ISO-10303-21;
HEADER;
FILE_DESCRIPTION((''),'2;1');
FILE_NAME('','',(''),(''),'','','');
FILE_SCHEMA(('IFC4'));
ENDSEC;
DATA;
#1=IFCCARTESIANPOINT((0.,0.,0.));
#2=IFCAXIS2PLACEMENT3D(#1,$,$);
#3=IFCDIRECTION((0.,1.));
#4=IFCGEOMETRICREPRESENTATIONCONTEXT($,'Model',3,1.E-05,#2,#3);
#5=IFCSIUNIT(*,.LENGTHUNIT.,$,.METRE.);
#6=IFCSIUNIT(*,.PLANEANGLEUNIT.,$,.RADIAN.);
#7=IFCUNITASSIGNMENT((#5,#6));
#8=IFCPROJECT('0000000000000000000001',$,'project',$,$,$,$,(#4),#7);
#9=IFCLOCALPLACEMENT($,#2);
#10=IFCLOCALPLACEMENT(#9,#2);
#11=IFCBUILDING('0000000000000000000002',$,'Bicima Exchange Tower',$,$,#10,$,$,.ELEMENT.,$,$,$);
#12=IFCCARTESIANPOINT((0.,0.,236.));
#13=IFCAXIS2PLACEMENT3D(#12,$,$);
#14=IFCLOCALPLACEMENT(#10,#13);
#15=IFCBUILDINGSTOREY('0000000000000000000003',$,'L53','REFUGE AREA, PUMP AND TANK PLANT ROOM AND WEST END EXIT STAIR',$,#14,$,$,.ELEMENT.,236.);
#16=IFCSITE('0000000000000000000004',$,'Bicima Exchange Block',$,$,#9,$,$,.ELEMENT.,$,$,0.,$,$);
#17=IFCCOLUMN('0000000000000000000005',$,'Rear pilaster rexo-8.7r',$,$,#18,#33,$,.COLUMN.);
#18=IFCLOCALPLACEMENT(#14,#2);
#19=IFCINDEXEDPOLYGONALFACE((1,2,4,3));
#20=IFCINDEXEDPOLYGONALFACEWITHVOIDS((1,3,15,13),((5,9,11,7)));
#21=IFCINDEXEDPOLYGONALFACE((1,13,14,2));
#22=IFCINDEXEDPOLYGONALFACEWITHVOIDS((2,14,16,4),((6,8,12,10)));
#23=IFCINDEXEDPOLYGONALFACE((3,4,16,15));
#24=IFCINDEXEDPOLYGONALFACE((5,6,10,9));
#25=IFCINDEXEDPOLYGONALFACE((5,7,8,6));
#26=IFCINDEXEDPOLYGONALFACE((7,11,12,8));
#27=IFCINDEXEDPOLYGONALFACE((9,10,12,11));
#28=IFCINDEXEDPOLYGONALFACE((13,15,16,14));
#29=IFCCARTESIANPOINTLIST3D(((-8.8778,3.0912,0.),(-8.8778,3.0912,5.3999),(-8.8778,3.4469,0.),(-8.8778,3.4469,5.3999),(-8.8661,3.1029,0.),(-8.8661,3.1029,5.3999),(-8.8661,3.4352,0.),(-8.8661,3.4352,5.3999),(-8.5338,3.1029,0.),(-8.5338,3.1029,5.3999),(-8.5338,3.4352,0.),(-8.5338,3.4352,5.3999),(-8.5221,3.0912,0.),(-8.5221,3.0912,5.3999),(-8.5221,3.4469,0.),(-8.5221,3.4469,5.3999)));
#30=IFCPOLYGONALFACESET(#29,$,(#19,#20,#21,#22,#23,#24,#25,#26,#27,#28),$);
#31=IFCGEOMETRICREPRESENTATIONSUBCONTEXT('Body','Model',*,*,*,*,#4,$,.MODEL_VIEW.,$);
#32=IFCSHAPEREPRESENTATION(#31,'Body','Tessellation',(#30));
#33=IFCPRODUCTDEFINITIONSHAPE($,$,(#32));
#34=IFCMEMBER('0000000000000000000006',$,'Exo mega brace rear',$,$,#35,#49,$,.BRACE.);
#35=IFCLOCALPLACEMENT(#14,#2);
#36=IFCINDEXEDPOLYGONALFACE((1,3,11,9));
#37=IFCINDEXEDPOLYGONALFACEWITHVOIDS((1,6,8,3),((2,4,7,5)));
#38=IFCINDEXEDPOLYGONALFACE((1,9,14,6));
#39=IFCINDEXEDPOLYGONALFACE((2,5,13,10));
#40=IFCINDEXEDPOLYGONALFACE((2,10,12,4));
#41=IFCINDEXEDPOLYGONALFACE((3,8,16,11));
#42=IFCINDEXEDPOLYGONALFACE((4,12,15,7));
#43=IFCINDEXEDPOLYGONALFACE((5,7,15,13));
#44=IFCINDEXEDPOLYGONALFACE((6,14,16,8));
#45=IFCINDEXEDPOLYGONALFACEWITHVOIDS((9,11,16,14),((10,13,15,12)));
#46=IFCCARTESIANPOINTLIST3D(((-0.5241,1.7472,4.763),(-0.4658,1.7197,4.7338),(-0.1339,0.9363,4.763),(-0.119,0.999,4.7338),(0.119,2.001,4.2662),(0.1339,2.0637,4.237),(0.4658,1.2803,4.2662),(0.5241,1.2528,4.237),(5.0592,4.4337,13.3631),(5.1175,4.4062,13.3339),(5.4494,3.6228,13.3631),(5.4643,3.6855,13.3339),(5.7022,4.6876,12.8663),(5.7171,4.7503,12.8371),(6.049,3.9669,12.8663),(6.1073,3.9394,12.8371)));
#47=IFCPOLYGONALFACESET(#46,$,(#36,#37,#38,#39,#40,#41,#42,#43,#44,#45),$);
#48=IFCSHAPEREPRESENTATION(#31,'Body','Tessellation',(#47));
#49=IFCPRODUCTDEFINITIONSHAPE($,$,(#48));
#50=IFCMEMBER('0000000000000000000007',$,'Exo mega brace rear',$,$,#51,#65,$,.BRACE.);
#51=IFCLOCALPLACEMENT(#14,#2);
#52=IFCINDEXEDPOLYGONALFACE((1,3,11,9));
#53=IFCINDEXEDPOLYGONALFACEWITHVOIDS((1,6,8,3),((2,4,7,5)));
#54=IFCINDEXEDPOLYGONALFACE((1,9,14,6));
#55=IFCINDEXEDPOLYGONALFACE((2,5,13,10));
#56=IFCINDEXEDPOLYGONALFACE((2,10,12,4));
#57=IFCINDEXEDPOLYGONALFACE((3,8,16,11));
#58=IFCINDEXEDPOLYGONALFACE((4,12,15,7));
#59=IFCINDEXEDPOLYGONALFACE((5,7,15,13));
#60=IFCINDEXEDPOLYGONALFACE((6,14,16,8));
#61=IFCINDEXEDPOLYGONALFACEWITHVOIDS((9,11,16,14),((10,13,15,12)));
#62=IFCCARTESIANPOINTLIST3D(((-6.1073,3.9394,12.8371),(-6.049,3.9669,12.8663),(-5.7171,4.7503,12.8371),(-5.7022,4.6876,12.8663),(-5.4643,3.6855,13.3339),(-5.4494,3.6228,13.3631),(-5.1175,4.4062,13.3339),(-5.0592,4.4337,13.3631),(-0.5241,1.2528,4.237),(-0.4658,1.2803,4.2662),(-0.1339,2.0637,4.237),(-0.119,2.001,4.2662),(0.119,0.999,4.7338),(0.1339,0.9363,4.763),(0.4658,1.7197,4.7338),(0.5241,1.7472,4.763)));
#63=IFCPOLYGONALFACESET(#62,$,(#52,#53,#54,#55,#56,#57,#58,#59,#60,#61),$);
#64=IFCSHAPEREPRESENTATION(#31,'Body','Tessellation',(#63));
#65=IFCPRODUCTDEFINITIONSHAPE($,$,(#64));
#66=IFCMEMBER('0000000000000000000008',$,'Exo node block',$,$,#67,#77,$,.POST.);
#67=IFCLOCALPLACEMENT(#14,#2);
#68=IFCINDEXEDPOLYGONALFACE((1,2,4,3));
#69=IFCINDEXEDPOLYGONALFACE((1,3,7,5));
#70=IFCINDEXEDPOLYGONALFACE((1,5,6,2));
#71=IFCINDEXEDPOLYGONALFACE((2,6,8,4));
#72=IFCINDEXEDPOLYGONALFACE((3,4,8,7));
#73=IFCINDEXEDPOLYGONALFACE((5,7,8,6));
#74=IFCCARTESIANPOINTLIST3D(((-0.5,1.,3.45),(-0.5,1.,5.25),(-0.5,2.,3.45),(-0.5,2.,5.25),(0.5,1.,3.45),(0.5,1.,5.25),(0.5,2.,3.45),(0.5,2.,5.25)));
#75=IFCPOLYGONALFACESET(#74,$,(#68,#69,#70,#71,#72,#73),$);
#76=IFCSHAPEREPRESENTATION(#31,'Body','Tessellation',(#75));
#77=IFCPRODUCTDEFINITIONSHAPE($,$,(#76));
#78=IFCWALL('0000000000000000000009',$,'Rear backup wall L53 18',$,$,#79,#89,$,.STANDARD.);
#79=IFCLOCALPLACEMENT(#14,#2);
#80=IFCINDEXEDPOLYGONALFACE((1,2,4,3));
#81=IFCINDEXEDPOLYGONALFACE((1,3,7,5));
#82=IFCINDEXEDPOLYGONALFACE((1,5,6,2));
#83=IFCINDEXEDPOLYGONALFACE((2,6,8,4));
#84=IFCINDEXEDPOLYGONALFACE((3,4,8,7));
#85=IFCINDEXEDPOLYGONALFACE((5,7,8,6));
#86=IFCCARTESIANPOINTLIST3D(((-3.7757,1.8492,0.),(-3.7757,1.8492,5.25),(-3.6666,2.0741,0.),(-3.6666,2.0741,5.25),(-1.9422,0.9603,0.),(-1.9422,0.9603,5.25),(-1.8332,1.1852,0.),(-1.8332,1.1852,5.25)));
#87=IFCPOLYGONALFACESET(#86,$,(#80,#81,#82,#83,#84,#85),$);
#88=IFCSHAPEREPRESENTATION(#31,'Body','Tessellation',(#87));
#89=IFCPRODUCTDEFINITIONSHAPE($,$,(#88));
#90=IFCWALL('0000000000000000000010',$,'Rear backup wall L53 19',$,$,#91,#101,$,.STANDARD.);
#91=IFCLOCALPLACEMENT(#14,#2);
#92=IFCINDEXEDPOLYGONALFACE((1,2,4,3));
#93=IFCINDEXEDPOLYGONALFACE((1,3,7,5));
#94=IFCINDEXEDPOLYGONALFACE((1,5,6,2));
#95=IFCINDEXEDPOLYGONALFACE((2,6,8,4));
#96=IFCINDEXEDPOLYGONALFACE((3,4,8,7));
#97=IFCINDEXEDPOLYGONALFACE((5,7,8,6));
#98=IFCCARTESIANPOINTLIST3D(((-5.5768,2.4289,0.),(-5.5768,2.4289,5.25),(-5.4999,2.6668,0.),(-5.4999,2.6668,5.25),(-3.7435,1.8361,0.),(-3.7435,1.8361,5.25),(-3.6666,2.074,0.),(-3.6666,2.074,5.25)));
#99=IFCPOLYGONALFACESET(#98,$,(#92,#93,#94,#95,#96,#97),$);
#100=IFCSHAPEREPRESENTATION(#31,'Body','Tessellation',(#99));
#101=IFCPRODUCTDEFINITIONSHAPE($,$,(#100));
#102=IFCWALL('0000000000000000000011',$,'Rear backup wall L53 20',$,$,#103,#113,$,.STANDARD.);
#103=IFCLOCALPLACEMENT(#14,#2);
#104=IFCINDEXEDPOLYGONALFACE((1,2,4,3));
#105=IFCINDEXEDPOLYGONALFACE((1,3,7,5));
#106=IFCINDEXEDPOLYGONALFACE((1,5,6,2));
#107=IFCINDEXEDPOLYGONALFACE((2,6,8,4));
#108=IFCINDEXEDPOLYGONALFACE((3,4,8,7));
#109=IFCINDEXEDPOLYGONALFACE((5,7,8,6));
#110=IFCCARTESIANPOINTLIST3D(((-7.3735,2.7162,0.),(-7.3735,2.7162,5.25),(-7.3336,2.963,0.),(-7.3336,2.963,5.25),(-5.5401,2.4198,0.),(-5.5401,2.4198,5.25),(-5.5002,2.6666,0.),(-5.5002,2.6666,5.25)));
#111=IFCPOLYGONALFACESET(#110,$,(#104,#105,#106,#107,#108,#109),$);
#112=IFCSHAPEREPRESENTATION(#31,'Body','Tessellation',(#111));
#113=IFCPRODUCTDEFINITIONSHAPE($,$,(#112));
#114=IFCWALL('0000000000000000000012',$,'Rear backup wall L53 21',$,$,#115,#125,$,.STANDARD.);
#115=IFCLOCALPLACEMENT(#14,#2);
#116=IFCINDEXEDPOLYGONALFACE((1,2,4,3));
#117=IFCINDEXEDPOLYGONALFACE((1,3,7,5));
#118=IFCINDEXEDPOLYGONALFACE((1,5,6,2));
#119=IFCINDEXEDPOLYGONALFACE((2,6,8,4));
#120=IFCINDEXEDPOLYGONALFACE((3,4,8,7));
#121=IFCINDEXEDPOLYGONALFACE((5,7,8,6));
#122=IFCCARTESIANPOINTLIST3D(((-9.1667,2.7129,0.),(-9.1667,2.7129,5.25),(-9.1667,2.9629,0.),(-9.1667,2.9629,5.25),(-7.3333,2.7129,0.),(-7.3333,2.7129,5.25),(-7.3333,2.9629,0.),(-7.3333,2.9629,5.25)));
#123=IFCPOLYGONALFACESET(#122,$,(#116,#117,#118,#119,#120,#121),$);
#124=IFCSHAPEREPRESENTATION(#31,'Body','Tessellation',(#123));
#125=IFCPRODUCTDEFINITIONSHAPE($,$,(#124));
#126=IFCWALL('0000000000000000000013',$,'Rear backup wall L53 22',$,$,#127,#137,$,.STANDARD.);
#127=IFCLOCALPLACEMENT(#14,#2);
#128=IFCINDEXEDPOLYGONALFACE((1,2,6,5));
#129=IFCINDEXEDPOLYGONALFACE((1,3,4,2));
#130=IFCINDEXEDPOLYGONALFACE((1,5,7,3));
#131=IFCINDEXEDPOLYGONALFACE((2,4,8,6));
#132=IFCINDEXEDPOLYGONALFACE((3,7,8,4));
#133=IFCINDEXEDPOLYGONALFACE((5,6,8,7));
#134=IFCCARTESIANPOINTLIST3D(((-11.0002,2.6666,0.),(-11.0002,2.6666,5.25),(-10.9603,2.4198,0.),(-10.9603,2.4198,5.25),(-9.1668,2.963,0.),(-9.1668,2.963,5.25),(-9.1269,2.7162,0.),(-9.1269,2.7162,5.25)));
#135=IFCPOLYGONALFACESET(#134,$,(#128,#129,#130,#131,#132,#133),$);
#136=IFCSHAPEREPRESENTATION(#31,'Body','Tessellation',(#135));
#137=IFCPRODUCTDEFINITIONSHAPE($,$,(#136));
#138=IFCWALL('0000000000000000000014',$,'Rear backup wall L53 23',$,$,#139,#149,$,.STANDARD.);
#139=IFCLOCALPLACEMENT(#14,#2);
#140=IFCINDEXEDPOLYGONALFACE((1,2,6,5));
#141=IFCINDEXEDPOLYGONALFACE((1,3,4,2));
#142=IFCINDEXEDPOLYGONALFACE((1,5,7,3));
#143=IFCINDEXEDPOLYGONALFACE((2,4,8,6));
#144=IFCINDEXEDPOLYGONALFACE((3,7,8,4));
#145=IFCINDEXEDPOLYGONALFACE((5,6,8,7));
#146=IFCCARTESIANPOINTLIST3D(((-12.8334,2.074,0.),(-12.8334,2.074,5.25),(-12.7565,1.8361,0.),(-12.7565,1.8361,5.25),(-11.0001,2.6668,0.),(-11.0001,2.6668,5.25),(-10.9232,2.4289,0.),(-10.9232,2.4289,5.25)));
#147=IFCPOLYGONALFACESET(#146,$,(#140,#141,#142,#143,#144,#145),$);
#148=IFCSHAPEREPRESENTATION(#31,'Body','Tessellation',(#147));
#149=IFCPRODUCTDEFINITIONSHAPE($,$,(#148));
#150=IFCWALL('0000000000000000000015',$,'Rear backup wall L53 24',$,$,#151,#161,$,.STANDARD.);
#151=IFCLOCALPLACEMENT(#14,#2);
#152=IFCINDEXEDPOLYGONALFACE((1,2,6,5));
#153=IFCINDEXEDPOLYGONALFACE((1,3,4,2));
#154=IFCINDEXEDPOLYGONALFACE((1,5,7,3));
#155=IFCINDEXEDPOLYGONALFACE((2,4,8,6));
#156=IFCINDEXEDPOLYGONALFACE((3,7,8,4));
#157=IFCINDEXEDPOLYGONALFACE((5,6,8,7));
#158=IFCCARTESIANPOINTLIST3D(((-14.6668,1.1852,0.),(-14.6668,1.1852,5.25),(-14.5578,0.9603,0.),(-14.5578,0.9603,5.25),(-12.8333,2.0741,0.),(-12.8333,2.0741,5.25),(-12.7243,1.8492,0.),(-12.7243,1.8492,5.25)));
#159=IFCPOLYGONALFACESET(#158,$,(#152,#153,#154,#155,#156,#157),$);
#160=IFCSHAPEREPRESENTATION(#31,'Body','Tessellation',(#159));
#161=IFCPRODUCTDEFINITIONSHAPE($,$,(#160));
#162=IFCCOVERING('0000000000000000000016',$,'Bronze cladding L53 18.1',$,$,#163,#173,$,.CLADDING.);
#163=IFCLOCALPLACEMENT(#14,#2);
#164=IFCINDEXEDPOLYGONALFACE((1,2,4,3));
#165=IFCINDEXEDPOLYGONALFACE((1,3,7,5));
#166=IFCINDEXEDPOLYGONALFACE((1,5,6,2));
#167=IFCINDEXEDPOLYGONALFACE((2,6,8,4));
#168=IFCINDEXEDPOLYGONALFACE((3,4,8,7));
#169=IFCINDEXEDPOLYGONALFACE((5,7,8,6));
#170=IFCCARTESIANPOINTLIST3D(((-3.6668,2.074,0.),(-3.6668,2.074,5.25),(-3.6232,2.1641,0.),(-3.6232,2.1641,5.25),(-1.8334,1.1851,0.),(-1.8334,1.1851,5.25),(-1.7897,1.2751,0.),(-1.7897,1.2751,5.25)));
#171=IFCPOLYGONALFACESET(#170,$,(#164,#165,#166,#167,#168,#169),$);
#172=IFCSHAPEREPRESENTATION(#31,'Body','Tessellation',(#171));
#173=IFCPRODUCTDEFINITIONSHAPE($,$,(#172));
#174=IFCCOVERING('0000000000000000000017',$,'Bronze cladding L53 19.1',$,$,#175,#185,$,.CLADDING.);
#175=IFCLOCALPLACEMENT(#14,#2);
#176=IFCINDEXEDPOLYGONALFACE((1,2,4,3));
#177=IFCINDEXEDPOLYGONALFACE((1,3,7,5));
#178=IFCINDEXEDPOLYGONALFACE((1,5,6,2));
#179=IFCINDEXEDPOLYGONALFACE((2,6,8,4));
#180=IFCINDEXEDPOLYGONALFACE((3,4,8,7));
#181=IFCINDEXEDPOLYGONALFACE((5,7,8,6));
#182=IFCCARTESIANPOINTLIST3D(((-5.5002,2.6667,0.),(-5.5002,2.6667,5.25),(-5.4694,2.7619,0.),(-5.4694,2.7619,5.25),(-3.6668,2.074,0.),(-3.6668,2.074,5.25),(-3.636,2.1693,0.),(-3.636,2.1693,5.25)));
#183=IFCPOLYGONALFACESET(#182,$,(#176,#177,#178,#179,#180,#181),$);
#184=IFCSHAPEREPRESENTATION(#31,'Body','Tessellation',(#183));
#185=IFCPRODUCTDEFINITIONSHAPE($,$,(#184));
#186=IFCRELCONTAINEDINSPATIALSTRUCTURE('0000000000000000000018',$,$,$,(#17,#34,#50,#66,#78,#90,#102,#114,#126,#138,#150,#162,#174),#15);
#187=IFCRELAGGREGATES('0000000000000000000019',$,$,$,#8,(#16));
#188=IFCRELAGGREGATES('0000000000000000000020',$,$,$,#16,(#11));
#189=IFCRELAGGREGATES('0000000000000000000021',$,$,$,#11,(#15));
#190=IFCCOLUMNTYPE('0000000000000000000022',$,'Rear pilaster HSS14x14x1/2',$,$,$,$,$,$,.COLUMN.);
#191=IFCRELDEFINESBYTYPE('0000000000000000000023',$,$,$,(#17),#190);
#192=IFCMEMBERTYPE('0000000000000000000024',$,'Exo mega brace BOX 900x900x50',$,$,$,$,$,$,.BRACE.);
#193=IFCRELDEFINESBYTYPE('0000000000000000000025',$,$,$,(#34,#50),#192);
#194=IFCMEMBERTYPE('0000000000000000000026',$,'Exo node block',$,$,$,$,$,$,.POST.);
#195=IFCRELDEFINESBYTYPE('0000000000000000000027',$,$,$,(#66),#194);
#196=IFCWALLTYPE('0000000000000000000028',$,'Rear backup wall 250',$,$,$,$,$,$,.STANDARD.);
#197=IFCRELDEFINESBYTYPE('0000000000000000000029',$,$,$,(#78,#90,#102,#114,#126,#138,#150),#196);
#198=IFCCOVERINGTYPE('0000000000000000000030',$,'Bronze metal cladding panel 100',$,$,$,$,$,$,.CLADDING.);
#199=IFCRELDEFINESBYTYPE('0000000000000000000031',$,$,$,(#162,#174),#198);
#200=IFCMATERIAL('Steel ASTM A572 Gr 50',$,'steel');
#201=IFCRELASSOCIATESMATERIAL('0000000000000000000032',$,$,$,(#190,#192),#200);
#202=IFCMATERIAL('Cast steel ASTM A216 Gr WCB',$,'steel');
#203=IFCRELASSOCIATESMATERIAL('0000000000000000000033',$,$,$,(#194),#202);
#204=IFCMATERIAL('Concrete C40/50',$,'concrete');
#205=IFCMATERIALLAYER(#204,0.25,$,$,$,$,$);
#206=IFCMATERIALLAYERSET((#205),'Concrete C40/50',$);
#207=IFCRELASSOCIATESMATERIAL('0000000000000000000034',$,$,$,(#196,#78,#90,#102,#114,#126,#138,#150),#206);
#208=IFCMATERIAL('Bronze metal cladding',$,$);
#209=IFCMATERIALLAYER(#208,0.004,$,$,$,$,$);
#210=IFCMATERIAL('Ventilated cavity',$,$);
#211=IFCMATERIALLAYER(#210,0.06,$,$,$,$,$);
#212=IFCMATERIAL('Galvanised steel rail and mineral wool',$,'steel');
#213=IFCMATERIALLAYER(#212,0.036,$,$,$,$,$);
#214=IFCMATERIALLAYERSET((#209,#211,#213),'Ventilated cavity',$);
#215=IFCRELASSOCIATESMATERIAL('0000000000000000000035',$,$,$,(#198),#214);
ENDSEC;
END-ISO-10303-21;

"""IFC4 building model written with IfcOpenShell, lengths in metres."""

from ifc_helpers import new_model, si_unit, direction, frame, frame_2d, origin, origin_2d, place, context, subcontext, project, spatial, rectangle, hollow_rectangle, extrude, material, layer, layer_set, layer_usage, material_profile, profile_set, type_object, element, save


model = new_model("IFC4")

# Units and contexts
model_context = context("Model", 3, precision=1e-05, world=origin(), true_north=direction((0.0, 1.0)))
body_context = subcontext(model_context, "Body", "Model", "MODEL_VIEW")
ifc_project = project(units=[si_unit("LENGTHUNIT", "METRE"), si_unit("PLANEANGLEUNIT", "RADIAN")], contexts=[model_context])

# Site, building, storey
site_placement = place(None, origin())
site = spatial("IfcSite", under=ifc_project, at=site_placement, Name="Bicima Exchange Block", CompositionType="ELEMENT", RefElevation=0.0)
building_placement = place(site_placement, origin())
building = spatial("IfcBuilding", under=site, at=building_placement, Name="Bicima Exchange Tower", CompositionType="ELEMENT")
storey_placement = place(building_placement, frame((0.0, 0.0, 236.0)))
storey = spatial("IfcBuildingStorey", under=building, at=storey_placement, Name="L53", Description="REFUGE AREA, PUMP AND TANK PLANT ROOM AND WEST END EXIT STAIR", CompositionType="ELEMENT", Elevation=236.0)

# Column
ifc_material_1 = material(Name="Steel ASTM A572 Gr 50", Category="steel")
ifc_material_profile_1 = material_profile(ifc_material_1, hollow_rectangle(XDim=0.3557, YDim=0.3557, WallThickness=0.0117, at=origin_2d()))
ifc_profile_set_1 = profile_set([ifc_material_profile_1], Name="Steel ASTM A572 Gr 50")
column_type = type_object("IfcColumnType", Name="Rear pilaster HSS14x14x1/2", PredefinedType="COLUMN", material=ifc_profile_set_1)
column_placement = place(storey_placement, frame((-8.7, 3.269, 0.0), z_axis=(0.0, 0.0, 1.0), x_axis=(1.0, 0.0, 0.0)))
element("IfcColumn", 1, at=column_placement, inside=storey, type_object=column_type, Name="Rear pilaster rexo-8.7r", PredefinedType="COLUMN", context=body_context, shape_type="SweptSolid", body=[
    extrude(hollow_rectangle(XDim=0.3557, YDim=0.3557, WallThickness=0.0117, at=origin_2d()), origin(), (0.0, 0.0, 1.0), 5.3999),
])

# Members
ifc_material_profile_2 = material_profile(ifc_material_1, hollow_rectangle(XDim=0.8999, YDim=0.8999, WallThickness=0.05, at=origin_2d()))
ifc_profile_set_2 = profile_set([ifc_material_profile_2], Name="Steel ASTM A572 Gr 50")
member_type_1 = type_object("IfcMemberType", Name="Exo mega brace BOX 900x900x50", PredefinedType="BRACE", material=ifc_profile_set_2)
for number, where, z_axis, x_axis, name in (
    (2, (0.0, 1.5, 4.5), (0.526741, 0.253455, 0.81136), (-0.433592, 0.901109, 0.0), "Exo mega brace rear"),
    (3, (0.0, 1.5, 4.5), (-0.526741, 0.253455, 0.81136), (-0.433592, -0.901109, 0.0), "Exo mega brace rear"),
):
    element("IfcMember", number, at=place(storey_placement, frame(where, z_axis=z_axis, x_axis=x_axis)), inside=storey, type_object=member_type_1, Name=name, PredefinedType="BRACE", context=body_context, shape_type="SweptSolid", body=[
        extrude(hollow_rectangle(XDim=0.8999, YDim=0.8999, WallThickness=0.05, at=origin_2d()), origin(), (0.0, 0.0, 1.0), 10.5996),
    ])
ifc_material_2 = material(Name="Cast steel ASTM A216 Gr WCB", Category="steel")
ifc_material_profile_3 = material_profile(ifc_material_2, rectangle(XDim=1.0, YDim=1.0, at=origin_2d()))
ifc_profile_set_3 = profile_set([ifc_material_profile_3], Name="Cast steel ASTM A216 Gr WCB")
member_type_2 = type_object("IfcMemberType", Name="Exo node block", PredefinedType="POST", material=ifc_profile_set_3)
member_placement = place(storey_placement, frame((0.0, 1.5, 3.45), z_axis=(0.0, 0.0, 1.0), x_axis=(1.0, 0.0, 0.0)))
element("IfcMember", 4, at=member_placement, inside=storey, type_object=member_type_2, Name="Exo node block", PredefinedType="POST", context=body_context, shape_type="SweptSolid", body=[
    extrude(rectangle(XDim=1.0, YDim=1.0, at=origin_2d()), origin(), (0.0, 0.0, 1.0), 1.8),
])

# Walls
ifc_material_3 = material(Name="Concrete C40/50", Category="concrete")
ifc_layer_1 = layer(ifc_material_3, 0.25)
ifc_layer_set_1 = layer_set([ifc_layer_1], Name="Concrete C40/50")
ifc_layer_usage = layer_usage(ifc_layer_set_1, "AXIS2", "POSITIVE", -0.125)
wall_type = type_object("IfcWallType", Name="Rear backup wall 250", PredefinedType="STANDARD", material=ifc_layer_set_1)
wall_1_placement = place(storey_placement, frame((-1.8877, 1.0728, 0.0), z_axis=(0.0, 0.0, 1.0), x_axis=(-0.899824, 0.436253, 0.0)))
element("IfcWall", 5, at=wall_1_placement, inside=storey, type_object=wall_type, material=ifc_layer_usage, Name="Rear backup wall L53 18", PredefinedType="STANDARD", context=body_context, shape_type="SweptSolid", body=[
    extrude(rectangle(XDim=2.0376, YDim=0.25, at=frame_2d((1.0188, 0.0))), origin(), (0.0, 0.0, 1.0), 5.25),
])
wall_2_placement = place(storey_placement, frame((-3.7051, 1.9551, 0.0), z_axis=(0.0, 0.0, 1.0), x_axis=(-0.951496, 0.307662, 0.0)))
element("IfcWall", 6, at=wall_2_placement, inside=storey, type_object=wall_type, material=ifc_layer_usage, Name="Rear backup wall L53 19", PredefinedType="STANDARD", context=body_context, shape_type="SweptSolid", body=[
    extrude(rectangle(XDim=1.9268, YDim=0.25, at=frame_2d((0.9634, 0.0))), origin(), (0.0, 0.0, 1.0), 5.25),
])
wall_3_placement = place(storey_placement, frame((-5.52, 2.5432, 0.0), z_axis=(0.0, 0.0, 1.0), x_axis=(-0.987182, 0.1596, 0.0)))
element("IfcWall", 7, at=wall_3_placement, inside=storey, type_object=wall_type, material=ifc_layer_usage, Name="Rear backup wall L53 20", PredefinedType="STANDARD", context=body_context, shape_type="SweptSolid", body=[
    extrude(rectangle(XDim=1.8572, YDim=0.25, at=frame_2d((0.9287, 0.0))), origin(), (0.0, 0.0, 1.0), 5.25),
])
wall_4_placement = place(storey_placement, frame((-7.3333, 2.8379, 0.0), z_axis=(0.0, 0.0, 1.0), x_axis=(-1.0, 0.0, 0.0)))
element("IfcWall", 8, at=wall_4_placement, inside=storey, type_object=wall_type, material=ifc_layer_usage, Name="Rear backup wall L53 21", PredefinedType="STANDARD", context=body_context, shape_type="SweptSolid", body=[
    extrude(rectangle(XDim=1.8335, YDim=0.25, at=frame_2d((0.9167, 0.0))), origin(), (0.0, 0.0, 1.0), 5.25),
])
wall_5_placement = place(storey_placement, frame((-9.1467, 2.8396, 0.0), z_axis=(0.0, 0.0, 1.0), x_axis=(-0.987182, -0.1596, 0.0)))
element("IfcWall", 9, at=wall_5_placement, inside=storey, type_object=wall_type, material=ifc_layer_usage, Name="Rear backup wall L53 22", PredefinedType="STANDARD", context=body_context, shape_type="SweptSolid", body=[
    extrude(rectangle(XDim=1.8572, YDim=0.25, at=frame_2d((0.9287, 0.0))), origin(), (0.0, 0.0, 1.0), 5.25),
])
wall_6_placement = place(storey_placement, frame((-10.9617, 2.5479, 0.0), z_axis=(0.0, 0.0, 1.0), x_axis=(-0.951496, -0.307662, 0.0)))
element("IfcWall", 10, at=wall_6_placement, inside=storey, type_object=wall_type, material=ifc_layer_usage, Name="Rear backup wall L53 23", PredefinedType="STANDARD", context=body_context, shape_type="SweptSolid", body=[
    extrude(rectangle(XDim=1.9268, YDim=0.25, at=frame_2d((0.9634, 0.0))), origin(), (0.0, 0.0, 1.0), 5.25),
])
wall_7_placement = place(storey_placement, frame((-12.7788, 1.9617, 0.0), z_axis=(0.0, 0.0, 1.0), x_axis=(-0.899824, -0.436253, 0.0)))
element("IfcWall", 11, at=wall_7_placement, inside=storey, type_object=wall_type, material=ifc_layer_usage, Name="Rear backup wall L53 24", PredefinedType="STANDARD", context=body_context, shape_type="SweptSolid", body=[
    extrude(rectangle(XDim=2.0376, YDim=0.25, at=frame_2d((1.0188, 0.0))), origin(), (0.0, 0.0, 1.0), 5.25),
])

# Coverings
ifc_material_4 = material(Name="Bronze metal cladding")
ifc_layer_2 = layer(ifc_material_4, 0.004)
ifc_material_5 = material(Name="Ventilated cavity")
ifc_layer_3 = layer(ifc_material_5, 0.06)
ifc_material_6 = material(Name="Galvanised steel rail and mineral wool", Category="steel")
ifc_layer_4 = layer(ifc_material_6, 0.036)
ifc_layer_set_2 = layer_set([ifc_layer_2, ifc_layer_3, ifc_layer_4], Name="Ventilated cavity")
covering_type = type_object("IfcCoveringType", Name="Bronze metal cladding panel 100", PredefinedType="CLADDING", material=ifc_layer_set_2)
covering_1_placement = place(storey_placement, frame((-2.7283, 1.6746, 0.0), z_axis=(0.0, 0.0, 1.0), x_axis=(-0.899818, 0.436265, 0.0)))
element("IfcCovering", 12, at=covering_1_placement, inside=storey, type_object=covering_type, Name="Bronze cladding L53 18.1", PredefinedType="CLADDING", context=body_context, shape_type="SweptSolid", body=[
    extrude(rectangle(XDim=2.0376, YDim=0.1001, at=origin_2d()), origin(), (0.0, 0.0, 1.0), 5.25),
])
covering_2_placement = place(storey_placement, frame((-4.5681, 2.418, 0.0), z_axis=(0.0, 0.0, 1.0), x_axis=(-0.951525, 0.307573, 0.0)))
element("IfcCovering", 13, at=covering_2_placement, inside=storey, type_object=covering_type, Name="Bronze cladding L53 19.1", PredefinedType="CLADDING", context=body_context, shape_type="SweptSolid", body=[
    extrude(rectangle(XDim=1.9268, YDim=0.1001, at=origin_2d()), origin(), (0.0, 0.0, 1.0), 5.25),
])

save(model, "model.ifc")
